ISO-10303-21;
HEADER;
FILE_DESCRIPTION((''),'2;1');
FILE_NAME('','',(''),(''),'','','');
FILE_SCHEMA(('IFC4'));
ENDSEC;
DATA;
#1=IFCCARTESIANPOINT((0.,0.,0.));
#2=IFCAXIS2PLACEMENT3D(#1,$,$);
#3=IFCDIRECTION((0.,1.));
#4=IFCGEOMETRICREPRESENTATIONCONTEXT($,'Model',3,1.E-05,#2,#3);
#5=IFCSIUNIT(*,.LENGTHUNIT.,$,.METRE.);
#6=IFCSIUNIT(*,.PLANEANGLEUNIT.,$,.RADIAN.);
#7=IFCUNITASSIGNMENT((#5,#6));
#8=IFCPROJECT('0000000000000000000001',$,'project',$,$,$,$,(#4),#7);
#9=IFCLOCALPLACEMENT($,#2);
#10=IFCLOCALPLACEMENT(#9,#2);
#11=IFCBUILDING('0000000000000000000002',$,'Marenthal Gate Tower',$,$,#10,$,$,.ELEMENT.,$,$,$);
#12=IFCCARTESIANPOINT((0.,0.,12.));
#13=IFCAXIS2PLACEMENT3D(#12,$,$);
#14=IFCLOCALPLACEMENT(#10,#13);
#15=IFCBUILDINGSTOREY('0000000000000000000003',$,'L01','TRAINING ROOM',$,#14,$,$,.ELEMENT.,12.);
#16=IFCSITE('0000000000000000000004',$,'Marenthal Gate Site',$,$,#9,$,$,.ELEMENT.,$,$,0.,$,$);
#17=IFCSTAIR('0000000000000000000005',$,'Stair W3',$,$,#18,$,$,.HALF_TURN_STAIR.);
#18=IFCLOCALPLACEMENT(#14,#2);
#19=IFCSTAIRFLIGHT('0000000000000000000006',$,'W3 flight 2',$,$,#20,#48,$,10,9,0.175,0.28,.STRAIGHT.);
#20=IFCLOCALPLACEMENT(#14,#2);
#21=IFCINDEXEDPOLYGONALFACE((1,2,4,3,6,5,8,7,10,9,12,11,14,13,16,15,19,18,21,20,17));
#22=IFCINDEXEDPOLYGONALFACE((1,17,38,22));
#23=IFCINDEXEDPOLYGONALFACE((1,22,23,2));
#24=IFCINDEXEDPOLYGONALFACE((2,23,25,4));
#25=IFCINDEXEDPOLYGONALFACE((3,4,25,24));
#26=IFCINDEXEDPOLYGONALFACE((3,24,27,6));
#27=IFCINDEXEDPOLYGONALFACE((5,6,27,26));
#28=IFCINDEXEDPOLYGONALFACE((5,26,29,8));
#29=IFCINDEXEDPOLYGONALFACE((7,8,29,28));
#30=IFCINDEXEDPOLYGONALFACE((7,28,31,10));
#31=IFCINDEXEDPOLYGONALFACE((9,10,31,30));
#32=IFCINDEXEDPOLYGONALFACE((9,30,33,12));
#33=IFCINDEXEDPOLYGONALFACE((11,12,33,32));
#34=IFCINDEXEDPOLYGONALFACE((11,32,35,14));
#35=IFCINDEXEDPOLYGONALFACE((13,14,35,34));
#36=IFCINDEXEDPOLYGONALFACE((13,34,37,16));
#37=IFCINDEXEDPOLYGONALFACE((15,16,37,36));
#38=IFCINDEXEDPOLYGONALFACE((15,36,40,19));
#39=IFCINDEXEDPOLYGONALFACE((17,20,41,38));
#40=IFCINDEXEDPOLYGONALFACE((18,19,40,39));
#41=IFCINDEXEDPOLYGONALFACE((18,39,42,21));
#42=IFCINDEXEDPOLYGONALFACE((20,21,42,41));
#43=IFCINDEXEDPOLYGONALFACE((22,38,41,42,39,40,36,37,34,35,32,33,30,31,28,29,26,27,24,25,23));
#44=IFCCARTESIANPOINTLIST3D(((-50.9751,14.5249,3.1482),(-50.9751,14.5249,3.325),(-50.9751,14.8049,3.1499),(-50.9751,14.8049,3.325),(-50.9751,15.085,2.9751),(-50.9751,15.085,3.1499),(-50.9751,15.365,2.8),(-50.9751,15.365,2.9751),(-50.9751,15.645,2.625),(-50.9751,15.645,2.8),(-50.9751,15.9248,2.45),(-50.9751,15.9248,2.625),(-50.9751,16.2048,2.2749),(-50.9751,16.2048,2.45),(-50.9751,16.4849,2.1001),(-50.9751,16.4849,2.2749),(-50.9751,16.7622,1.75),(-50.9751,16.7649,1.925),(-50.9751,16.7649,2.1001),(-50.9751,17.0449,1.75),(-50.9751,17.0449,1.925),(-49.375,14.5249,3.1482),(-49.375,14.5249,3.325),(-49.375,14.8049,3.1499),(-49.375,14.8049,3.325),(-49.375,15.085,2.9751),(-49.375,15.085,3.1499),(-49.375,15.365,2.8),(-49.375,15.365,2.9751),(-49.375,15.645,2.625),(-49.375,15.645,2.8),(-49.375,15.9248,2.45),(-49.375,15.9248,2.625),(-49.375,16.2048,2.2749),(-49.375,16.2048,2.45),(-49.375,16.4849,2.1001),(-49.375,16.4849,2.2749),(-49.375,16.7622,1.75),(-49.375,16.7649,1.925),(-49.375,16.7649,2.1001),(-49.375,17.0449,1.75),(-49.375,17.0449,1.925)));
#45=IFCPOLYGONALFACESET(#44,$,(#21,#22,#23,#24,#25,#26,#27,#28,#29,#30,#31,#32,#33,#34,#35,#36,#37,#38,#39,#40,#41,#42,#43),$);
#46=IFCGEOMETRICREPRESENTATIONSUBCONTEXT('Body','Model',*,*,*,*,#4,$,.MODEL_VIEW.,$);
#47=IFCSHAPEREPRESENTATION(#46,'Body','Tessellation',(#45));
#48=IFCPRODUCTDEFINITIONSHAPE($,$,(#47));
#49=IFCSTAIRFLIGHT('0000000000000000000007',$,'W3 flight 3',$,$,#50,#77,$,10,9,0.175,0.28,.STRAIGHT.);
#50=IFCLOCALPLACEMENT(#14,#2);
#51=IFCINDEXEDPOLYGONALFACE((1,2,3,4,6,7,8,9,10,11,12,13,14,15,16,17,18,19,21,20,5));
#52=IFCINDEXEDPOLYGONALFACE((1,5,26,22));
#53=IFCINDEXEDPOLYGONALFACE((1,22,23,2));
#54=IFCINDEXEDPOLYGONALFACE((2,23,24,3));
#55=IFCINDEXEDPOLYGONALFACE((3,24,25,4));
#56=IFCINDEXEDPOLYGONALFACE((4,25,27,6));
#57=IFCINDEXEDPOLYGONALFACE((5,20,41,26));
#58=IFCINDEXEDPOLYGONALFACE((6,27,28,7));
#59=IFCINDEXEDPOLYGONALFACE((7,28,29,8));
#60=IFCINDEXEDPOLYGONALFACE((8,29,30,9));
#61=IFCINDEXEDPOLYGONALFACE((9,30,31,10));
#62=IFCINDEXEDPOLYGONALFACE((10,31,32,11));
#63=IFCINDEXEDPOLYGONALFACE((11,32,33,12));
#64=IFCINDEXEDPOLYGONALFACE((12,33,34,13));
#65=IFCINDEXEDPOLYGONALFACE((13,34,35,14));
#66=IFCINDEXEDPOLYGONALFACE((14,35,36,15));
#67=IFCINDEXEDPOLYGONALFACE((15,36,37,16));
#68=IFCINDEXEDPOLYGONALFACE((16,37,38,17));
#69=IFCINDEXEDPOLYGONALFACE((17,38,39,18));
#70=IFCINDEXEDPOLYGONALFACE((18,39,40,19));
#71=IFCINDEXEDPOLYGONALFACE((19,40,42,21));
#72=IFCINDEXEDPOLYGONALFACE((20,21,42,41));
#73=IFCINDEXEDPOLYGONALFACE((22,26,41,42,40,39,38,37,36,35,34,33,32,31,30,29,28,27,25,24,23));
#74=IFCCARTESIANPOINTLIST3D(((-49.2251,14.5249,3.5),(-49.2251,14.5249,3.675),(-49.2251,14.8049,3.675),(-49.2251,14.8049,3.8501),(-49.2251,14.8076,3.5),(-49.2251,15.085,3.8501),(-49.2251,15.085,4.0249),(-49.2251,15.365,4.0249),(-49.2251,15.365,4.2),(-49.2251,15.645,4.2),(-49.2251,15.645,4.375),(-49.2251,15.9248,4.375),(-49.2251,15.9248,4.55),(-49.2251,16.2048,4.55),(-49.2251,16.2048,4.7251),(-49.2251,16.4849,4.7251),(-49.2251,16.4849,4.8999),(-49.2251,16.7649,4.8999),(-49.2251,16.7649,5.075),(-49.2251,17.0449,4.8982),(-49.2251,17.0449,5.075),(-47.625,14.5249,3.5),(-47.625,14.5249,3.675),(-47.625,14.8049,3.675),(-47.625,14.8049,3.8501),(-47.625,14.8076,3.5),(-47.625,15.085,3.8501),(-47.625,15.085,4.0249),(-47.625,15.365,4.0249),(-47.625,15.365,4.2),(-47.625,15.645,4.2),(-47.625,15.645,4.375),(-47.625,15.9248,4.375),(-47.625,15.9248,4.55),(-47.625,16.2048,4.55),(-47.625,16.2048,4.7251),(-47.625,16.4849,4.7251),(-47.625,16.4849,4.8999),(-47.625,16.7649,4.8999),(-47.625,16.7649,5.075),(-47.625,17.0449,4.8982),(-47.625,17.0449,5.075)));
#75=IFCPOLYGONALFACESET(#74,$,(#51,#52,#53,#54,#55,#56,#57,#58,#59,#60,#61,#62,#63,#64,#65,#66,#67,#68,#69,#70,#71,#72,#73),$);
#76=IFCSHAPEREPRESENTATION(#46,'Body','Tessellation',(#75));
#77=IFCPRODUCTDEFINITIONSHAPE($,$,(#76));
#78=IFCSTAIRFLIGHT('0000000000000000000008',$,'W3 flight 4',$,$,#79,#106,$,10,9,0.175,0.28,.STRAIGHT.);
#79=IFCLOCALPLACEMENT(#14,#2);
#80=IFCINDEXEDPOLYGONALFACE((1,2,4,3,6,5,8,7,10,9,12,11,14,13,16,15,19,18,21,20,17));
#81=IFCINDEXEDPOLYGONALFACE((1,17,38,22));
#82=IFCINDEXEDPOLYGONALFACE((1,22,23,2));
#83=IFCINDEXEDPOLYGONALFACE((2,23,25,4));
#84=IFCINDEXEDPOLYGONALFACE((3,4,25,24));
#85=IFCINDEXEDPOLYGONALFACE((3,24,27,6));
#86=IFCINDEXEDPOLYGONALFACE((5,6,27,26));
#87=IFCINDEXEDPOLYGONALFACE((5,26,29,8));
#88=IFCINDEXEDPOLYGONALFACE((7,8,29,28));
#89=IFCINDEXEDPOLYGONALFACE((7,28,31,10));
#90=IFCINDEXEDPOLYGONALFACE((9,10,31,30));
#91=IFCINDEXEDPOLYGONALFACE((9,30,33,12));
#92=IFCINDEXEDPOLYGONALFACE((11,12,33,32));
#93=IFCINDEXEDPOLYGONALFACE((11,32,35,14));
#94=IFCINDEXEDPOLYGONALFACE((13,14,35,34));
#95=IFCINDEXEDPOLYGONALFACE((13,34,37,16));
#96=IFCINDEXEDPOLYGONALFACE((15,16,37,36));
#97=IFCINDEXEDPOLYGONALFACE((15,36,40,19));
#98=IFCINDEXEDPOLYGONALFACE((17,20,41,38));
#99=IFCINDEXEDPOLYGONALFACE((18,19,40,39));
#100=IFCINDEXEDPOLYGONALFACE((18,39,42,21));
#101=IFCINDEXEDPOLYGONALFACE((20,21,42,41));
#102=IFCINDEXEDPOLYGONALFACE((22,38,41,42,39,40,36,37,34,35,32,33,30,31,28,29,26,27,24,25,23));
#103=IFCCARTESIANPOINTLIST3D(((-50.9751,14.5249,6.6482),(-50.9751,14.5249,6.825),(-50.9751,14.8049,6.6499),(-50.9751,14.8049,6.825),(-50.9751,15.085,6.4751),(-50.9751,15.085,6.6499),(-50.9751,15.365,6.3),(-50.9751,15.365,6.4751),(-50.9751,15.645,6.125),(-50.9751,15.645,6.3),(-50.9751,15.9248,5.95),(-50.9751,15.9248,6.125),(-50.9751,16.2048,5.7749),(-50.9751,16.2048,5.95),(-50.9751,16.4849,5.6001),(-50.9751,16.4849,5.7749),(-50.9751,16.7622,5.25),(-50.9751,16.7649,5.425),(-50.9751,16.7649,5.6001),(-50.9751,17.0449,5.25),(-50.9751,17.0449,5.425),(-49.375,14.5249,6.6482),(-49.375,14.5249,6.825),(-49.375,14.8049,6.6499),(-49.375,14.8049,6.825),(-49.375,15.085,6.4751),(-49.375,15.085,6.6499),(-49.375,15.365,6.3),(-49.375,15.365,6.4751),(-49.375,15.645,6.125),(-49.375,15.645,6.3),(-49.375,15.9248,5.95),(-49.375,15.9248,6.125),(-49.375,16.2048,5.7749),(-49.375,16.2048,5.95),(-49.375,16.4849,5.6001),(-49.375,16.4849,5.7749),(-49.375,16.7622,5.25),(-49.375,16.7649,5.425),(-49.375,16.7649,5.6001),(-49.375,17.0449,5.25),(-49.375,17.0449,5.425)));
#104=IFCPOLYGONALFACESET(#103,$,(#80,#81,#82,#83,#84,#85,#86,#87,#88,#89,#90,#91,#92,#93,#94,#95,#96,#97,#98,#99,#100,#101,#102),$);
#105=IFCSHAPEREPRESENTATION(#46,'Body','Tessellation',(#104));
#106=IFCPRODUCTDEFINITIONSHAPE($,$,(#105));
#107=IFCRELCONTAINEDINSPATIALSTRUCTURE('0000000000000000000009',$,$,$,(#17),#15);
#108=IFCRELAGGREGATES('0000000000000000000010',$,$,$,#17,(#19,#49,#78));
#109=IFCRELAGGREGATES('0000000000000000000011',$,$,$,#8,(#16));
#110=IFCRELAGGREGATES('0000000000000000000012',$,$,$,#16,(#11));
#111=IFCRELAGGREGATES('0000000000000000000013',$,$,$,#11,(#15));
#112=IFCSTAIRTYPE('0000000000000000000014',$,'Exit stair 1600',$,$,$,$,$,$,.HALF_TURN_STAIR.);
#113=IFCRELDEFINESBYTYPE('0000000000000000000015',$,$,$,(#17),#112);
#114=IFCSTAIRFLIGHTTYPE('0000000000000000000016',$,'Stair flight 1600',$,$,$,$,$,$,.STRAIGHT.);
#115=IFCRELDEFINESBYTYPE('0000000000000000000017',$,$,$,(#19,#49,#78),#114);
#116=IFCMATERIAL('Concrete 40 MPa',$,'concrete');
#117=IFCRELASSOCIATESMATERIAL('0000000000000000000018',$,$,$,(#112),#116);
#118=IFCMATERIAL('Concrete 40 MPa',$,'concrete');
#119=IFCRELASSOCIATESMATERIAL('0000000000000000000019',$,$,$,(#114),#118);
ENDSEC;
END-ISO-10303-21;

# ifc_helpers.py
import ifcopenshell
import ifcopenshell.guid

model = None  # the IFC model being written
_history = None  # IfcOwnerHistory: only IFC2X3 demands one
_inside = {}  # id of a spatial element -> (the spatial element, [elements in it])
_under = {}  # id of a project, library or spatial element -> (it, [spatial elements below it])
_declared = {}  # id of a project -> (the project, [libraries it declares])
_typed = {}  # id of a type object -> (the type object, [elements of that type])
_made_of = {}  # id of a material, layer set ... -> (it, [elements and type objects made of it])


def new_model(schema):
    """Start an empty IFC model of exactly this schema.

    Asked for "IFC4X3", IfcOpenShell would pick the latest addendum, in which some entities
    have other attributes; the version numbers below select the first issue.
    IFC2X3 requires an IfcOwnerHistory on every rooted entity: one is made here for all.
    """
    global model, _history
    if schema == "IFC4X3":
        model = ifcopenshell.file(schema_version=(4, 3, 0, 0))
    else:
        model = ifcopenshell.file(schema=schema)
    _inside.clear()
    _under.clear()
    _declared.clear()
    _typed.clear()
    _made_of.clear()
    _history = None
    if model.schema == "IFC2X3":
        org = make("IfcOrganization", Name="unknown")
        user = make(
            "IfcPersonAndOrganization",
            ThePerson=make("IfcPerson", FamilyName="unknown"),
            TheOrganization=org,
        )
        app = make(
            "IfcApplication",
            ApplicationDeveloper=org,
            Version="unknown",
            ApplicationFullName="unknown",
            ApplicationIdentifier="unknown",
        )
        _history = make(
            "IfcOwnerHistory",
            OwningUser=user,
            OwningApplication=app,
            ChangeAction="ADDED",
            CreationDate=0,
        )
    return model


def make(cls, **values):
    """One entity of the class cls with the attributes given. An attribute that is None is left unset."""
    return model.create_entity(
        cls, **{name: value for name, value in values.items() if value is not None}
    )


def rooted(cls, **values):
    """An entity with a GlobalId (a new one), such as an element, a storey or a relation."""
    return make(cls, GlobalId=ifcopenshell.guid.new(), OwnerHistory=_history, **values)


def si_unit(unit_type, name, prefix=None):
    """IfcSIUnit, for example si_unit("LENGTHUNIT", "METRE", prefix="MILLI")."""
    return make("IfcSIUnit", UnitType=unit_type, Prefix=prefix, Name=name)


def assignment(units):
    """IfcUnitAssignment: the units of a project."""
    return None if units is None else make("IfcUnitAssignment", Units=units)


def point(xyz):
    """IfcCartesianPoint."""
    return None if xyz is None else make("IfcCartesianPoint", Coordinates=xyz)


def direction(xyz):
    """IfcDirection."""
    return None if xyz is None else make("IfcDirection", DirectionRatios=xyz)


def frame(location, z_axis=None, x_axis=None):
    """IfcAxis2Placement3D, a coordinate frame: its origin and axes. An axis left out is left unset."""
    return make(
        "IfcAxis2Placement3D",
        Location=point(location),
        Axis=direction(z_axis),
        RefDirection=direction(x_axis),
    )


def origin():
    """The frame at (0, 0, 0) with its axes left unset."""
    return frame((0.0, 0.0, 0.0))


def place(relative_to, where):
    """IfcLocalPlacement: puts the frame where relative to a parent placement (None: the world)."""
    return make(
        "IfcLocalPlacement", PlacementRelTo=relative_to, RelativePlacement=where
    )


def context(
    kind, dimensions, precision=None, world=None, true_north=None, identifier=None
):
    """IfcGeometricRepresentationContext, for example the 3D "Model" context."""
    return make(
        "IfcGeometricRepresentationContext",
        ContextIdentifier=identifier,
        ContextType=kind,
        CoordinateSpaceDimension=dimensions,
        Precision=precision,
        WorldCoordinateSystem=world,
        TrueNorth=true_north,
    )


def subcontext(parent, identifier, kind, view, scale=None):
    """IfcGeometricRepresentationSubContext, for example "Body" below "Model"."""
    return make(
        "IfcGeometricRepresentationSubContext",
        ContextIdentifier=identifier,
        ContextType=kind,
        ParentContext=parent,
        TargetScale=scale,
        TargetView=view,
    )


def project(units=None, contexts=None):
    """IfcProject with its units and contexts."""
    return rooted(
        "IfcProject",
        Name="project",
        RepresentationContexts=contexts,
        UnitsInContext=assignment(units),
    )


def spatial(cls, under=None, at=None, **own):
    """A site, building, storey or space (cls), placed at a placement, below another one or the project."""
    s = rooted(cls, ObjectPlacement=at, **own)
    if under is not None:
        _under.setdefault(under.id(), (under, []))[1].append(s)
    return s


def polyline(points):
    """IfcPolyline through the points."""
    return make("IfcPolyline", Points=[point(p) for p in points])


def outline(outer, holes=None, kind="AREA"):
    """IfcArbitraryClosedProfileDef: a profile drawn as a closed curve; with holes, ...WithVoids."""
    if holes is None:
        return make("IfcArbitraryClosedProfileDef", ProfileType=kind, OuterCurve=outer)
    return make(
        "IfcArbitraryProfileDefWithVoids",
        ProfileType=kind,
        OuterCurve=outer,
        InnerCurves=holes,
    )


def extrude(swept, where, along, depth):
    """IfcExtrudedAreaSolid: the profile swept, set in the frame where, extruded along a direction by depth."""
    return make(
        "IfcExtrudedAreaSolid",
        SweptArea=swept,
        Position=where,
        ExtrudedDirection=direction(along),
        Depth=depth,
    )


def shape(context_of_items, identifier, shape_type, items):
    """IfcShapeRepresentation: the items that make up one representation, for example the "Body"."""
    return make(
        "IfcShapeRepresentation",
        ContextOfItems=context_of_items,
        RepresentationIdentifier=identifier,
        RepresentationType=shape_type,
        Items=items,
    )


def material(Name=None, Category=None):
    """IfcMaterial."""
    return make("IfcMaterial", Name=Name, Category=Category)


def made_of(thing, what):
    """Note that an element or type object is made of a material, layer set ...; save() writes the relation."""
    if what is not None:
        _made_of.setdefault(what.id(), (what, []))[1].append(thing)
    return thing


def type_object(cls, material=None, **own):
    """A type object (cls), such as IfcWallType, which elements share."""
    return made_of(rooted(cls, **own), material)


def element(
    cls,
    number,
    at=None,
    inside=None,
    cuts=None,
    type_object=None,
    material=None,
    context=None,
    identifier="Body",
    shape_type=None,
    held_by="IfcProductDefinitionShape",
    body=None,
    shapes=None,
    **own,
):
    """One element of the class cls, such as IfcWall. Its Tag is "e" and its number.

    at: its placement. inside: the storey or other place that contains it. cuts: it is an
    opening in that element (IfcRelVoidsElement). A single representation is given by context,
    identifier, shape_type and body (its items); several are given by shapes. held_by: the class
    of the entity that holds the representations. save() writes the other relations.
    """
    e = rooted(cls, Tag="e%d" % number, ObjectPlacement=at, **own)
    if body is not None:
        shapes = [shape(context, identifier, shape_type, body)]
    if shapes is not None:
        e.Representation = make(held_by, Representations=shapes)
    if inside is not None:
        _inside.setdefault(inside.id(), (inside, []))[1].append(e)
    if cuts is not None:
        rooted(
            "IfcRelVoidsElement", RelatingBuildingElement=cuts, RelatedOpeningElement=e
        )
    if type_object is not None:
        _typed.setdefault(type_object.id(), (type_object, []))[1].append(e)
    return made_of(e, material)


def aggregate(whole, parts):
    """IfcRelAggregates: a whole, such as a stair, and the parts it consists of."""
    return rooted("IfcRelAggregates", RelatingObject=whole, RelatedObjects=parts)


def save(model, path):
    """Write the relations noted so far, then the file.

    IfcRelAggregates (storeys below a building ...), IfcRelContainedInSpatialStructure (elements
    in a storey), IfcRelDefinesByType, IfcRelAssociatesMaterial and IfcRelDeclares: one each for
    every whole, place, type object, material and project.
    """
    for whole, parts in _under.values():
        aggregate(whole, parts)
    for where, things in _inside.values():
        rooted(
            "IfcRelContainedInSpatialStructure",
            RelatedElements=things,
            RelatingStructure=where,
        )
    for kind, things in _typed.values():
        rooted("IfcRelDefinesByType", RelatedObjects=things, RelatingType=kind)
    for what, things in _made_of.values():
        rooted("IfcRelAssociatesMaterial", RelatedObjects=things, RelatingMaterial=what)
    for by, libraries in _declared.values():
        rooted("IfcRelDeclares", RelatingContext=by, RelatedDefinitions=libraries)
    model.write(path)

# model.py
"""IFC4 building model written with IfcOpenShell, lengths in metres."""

from ifc_helpers import new_model, si_unit, direction, frame, origin, place, context, subcontext, project, spatial, polyline, outline, extrude, material, type_object, element, aggregate, save


model = new_model("IFC4")

# Units and contexts
model_context = context("Model", 3, precision=1e-05, world=origin(), true_north=direction((0.0, 1.0)))
body_context = subcontext(model_context, "Body", "Model", "MODEL_VIEW")
ifc_project = project(units=[si_unit("LENGTHUNIT", "METRE"), si_unit("PLANEANGLEUNIT", "RADIAN")], contexts=[model_context])

# Site, building, storey
site_placement = place(None, origin())
site = spatial("IfcSite", under=ifc_project, at=site_placement, Name="Marenthal Gate Site", CompositionType="ELEMENT", RefElevation=0.0)
building_placement = place(site_placement, origin())
building = spatial("IfcBuilding", under=site, at=building_placement, Name="Marenthal Gate Tower", CompositionType="ELEMENT")
storey_placement = place(building_placement, frame((0.0, 0.0, 12.0)))
storey = spatial("IfcBuildingStorey", under=building, at=storey_placement, Name="L01", Description="TRAINING ROOM", CompositionType="ELEMENT", Elevation=12.0)

# Stair, stair flights
ifc_material_1 = material(Name="Concrete 40 MPa", Category="concrete")
stair_type = type_object("IfcStairType", Name="Exit stair 1600", PredefinedType="HALF_TURN_STAIR", material=ifc_material_1)
stair_placement = place(storey_placement, origin())
stair = element("IfcStair", 1, at=stair_placement, inside=storey, type_object=stair_type, Name="Stair W3", PredefinedType="HALF_TURN_STAIR")
ifc_material_2 = material(Name="Concrete 40 MPa", Category="concrete")
stair_flight_type = type_object("IfcStairFlightType", Name="Stair flight 1600", PredefinedType="STRAIGHT", material=ifc_material_2)
stair_flight_1_placement = place(storey_placement, frame((-50.175, 17.0449, 1.75), z_axis=(0.0, 0.0, 1.0), x_axis=(0.0, -1.0, 0.0)))
stair_flight_1 = element("IfcStairFlight", 2, at=stair_flight_1_placement, type_object=stair_flight_type, Name="W3 flight 2", NumberOfRisers=10, NumberOfTreads=9, PredefinedType="STRAIGHT", RiserHeight=0.175, TreadLength=0.28, context=body_context, shape_type="SweptSolid", body=[
    extrude(outline(polyline([(0.0, 0.0), (0.0, 0.175), (0.28, 0.175), (0.28, 0.3501), (0.5601, 0.3501), (0.5601, 0.5249), (0.8401, 0.5249), (0.8401, 0.7), (1.1201, 0.7), (1.1201, 0.875), (1.3999, 0.875), (1.3999, 1.05), (1.6799, 1.05), (1.6799, 1.2251), (1.96, 1.2251), (1.96, 1.3999), (2.24, 1.3999), (2.24, 1.575), (2.52, 1.575), (2.52, 1.75), (2.52, 1.3982), (0.2827, 0.0), (0.0, 0.0)])), frame((0.0, 0.8, 0.0), z_axis=(0.0, -1.0, 0.0), x_axis=(1.0, 0.0, 0.0)), (0.0, 0.0, 1.0), 1.6001),
])
stair_flight_2_placement = place(storey_placement, frame((-48.425, 14.5249, 3.5), z_axis=(0.0, 0.0, 1.0), x_axis=(0.0, 1.0, 0.0)))
stair_flight_2 = element("IfcStairFlight", 3, at=stair_flight_2_placement, type_object=stair_flight_type, Name="W3 flight 3", NumberOfRisers=10, NumberOfTreads=9, PredefinedType="STRAIGHT", RiserHeight=0.175, TreadLength=0.28, context=body_context, shape_type="SweptSolid", body=[
    extrude(outline(polyline([(0.0, 0.0), (0.0, 0.175), (0.28, 0.175), (0.28, 0.3501), (0.5601, 0.3501), (0.5601, 0.5249), (0.8401, 0.5249), (0.8401, 0.7), (1.1201, 0.7), (1.1201, 0.875), (1.3999, 0.875), (1.3999, 1.05), (1.6799, 1.05), (1.6799, 1.2251), (1.96, 1.2251), (1.96, 1.3999), (2.24, 1.3999), (2.24, 1.575), (2.52, 1.575), (2.52, 1.75), (2.52, 1.3982), (0.2827, 0.0), (0.0, 0.0)])), frame((0.0, 0.8, 0.0), z_axis=(0.0, -1.0, 0.0), x_axis=(1.0, 0.0, 0.0)), (0.0, 0.0, 1.0), 1.6001),
])
stair_flight_3_placement = place(storey_placement, frame((-50.175, 17.0449, 5.25), z_axis=(0.0, 0.0, 1.0), x_axis=(0.0, -1.0, 0.0)))
stair_flight_3 = element("IfcStairFlight", 4, at=stair_flight_3_placement, type_object=stair_flight_type, Name="W3 flight 4", NumberOfRisers=10, NumberOfTreads=9, PredefinedType="STRAIGHT", RiserHeight=0.175, TreadLength=0.28, context=body_context, shape_type="SweptSolid", body=[
    extrude(outline(polyline([(0.0, 0.0), (0.0, 0.175), (0.28, 0.175), (0.28, 0.3501), (0.5601, 0.3501), (0.5601, 0.5249), (0.8401, 0.5249), (0.8401, 0.7), (1.1201, 0.7), (1.1201, 0.875), (1.3999, 0.875), (1.3999, 1.05), (1.6799, 1.05), (1.6799, 1.2251), (1.96, 1.2251), (1.96, 1.3999), (2.24, 1.3999), (2.24, 1.575), (2.52, 1.575), (2.52, 1.75), (2.52, 1.3982), (0.2827, 0.0), (0.0, 0.0)])), frame((0.0, 0.8, 0.0), z_axis=(0.0, -1.0, 0.0), x_axis=(1.0, 0.0, 0.0)), (0.0, 0.0, 1.0), 1.6001),
])
aggregate(stair, [stair_flight_1, stair_flight_2, stair_flight_3])

save(model, "model.ifc")
